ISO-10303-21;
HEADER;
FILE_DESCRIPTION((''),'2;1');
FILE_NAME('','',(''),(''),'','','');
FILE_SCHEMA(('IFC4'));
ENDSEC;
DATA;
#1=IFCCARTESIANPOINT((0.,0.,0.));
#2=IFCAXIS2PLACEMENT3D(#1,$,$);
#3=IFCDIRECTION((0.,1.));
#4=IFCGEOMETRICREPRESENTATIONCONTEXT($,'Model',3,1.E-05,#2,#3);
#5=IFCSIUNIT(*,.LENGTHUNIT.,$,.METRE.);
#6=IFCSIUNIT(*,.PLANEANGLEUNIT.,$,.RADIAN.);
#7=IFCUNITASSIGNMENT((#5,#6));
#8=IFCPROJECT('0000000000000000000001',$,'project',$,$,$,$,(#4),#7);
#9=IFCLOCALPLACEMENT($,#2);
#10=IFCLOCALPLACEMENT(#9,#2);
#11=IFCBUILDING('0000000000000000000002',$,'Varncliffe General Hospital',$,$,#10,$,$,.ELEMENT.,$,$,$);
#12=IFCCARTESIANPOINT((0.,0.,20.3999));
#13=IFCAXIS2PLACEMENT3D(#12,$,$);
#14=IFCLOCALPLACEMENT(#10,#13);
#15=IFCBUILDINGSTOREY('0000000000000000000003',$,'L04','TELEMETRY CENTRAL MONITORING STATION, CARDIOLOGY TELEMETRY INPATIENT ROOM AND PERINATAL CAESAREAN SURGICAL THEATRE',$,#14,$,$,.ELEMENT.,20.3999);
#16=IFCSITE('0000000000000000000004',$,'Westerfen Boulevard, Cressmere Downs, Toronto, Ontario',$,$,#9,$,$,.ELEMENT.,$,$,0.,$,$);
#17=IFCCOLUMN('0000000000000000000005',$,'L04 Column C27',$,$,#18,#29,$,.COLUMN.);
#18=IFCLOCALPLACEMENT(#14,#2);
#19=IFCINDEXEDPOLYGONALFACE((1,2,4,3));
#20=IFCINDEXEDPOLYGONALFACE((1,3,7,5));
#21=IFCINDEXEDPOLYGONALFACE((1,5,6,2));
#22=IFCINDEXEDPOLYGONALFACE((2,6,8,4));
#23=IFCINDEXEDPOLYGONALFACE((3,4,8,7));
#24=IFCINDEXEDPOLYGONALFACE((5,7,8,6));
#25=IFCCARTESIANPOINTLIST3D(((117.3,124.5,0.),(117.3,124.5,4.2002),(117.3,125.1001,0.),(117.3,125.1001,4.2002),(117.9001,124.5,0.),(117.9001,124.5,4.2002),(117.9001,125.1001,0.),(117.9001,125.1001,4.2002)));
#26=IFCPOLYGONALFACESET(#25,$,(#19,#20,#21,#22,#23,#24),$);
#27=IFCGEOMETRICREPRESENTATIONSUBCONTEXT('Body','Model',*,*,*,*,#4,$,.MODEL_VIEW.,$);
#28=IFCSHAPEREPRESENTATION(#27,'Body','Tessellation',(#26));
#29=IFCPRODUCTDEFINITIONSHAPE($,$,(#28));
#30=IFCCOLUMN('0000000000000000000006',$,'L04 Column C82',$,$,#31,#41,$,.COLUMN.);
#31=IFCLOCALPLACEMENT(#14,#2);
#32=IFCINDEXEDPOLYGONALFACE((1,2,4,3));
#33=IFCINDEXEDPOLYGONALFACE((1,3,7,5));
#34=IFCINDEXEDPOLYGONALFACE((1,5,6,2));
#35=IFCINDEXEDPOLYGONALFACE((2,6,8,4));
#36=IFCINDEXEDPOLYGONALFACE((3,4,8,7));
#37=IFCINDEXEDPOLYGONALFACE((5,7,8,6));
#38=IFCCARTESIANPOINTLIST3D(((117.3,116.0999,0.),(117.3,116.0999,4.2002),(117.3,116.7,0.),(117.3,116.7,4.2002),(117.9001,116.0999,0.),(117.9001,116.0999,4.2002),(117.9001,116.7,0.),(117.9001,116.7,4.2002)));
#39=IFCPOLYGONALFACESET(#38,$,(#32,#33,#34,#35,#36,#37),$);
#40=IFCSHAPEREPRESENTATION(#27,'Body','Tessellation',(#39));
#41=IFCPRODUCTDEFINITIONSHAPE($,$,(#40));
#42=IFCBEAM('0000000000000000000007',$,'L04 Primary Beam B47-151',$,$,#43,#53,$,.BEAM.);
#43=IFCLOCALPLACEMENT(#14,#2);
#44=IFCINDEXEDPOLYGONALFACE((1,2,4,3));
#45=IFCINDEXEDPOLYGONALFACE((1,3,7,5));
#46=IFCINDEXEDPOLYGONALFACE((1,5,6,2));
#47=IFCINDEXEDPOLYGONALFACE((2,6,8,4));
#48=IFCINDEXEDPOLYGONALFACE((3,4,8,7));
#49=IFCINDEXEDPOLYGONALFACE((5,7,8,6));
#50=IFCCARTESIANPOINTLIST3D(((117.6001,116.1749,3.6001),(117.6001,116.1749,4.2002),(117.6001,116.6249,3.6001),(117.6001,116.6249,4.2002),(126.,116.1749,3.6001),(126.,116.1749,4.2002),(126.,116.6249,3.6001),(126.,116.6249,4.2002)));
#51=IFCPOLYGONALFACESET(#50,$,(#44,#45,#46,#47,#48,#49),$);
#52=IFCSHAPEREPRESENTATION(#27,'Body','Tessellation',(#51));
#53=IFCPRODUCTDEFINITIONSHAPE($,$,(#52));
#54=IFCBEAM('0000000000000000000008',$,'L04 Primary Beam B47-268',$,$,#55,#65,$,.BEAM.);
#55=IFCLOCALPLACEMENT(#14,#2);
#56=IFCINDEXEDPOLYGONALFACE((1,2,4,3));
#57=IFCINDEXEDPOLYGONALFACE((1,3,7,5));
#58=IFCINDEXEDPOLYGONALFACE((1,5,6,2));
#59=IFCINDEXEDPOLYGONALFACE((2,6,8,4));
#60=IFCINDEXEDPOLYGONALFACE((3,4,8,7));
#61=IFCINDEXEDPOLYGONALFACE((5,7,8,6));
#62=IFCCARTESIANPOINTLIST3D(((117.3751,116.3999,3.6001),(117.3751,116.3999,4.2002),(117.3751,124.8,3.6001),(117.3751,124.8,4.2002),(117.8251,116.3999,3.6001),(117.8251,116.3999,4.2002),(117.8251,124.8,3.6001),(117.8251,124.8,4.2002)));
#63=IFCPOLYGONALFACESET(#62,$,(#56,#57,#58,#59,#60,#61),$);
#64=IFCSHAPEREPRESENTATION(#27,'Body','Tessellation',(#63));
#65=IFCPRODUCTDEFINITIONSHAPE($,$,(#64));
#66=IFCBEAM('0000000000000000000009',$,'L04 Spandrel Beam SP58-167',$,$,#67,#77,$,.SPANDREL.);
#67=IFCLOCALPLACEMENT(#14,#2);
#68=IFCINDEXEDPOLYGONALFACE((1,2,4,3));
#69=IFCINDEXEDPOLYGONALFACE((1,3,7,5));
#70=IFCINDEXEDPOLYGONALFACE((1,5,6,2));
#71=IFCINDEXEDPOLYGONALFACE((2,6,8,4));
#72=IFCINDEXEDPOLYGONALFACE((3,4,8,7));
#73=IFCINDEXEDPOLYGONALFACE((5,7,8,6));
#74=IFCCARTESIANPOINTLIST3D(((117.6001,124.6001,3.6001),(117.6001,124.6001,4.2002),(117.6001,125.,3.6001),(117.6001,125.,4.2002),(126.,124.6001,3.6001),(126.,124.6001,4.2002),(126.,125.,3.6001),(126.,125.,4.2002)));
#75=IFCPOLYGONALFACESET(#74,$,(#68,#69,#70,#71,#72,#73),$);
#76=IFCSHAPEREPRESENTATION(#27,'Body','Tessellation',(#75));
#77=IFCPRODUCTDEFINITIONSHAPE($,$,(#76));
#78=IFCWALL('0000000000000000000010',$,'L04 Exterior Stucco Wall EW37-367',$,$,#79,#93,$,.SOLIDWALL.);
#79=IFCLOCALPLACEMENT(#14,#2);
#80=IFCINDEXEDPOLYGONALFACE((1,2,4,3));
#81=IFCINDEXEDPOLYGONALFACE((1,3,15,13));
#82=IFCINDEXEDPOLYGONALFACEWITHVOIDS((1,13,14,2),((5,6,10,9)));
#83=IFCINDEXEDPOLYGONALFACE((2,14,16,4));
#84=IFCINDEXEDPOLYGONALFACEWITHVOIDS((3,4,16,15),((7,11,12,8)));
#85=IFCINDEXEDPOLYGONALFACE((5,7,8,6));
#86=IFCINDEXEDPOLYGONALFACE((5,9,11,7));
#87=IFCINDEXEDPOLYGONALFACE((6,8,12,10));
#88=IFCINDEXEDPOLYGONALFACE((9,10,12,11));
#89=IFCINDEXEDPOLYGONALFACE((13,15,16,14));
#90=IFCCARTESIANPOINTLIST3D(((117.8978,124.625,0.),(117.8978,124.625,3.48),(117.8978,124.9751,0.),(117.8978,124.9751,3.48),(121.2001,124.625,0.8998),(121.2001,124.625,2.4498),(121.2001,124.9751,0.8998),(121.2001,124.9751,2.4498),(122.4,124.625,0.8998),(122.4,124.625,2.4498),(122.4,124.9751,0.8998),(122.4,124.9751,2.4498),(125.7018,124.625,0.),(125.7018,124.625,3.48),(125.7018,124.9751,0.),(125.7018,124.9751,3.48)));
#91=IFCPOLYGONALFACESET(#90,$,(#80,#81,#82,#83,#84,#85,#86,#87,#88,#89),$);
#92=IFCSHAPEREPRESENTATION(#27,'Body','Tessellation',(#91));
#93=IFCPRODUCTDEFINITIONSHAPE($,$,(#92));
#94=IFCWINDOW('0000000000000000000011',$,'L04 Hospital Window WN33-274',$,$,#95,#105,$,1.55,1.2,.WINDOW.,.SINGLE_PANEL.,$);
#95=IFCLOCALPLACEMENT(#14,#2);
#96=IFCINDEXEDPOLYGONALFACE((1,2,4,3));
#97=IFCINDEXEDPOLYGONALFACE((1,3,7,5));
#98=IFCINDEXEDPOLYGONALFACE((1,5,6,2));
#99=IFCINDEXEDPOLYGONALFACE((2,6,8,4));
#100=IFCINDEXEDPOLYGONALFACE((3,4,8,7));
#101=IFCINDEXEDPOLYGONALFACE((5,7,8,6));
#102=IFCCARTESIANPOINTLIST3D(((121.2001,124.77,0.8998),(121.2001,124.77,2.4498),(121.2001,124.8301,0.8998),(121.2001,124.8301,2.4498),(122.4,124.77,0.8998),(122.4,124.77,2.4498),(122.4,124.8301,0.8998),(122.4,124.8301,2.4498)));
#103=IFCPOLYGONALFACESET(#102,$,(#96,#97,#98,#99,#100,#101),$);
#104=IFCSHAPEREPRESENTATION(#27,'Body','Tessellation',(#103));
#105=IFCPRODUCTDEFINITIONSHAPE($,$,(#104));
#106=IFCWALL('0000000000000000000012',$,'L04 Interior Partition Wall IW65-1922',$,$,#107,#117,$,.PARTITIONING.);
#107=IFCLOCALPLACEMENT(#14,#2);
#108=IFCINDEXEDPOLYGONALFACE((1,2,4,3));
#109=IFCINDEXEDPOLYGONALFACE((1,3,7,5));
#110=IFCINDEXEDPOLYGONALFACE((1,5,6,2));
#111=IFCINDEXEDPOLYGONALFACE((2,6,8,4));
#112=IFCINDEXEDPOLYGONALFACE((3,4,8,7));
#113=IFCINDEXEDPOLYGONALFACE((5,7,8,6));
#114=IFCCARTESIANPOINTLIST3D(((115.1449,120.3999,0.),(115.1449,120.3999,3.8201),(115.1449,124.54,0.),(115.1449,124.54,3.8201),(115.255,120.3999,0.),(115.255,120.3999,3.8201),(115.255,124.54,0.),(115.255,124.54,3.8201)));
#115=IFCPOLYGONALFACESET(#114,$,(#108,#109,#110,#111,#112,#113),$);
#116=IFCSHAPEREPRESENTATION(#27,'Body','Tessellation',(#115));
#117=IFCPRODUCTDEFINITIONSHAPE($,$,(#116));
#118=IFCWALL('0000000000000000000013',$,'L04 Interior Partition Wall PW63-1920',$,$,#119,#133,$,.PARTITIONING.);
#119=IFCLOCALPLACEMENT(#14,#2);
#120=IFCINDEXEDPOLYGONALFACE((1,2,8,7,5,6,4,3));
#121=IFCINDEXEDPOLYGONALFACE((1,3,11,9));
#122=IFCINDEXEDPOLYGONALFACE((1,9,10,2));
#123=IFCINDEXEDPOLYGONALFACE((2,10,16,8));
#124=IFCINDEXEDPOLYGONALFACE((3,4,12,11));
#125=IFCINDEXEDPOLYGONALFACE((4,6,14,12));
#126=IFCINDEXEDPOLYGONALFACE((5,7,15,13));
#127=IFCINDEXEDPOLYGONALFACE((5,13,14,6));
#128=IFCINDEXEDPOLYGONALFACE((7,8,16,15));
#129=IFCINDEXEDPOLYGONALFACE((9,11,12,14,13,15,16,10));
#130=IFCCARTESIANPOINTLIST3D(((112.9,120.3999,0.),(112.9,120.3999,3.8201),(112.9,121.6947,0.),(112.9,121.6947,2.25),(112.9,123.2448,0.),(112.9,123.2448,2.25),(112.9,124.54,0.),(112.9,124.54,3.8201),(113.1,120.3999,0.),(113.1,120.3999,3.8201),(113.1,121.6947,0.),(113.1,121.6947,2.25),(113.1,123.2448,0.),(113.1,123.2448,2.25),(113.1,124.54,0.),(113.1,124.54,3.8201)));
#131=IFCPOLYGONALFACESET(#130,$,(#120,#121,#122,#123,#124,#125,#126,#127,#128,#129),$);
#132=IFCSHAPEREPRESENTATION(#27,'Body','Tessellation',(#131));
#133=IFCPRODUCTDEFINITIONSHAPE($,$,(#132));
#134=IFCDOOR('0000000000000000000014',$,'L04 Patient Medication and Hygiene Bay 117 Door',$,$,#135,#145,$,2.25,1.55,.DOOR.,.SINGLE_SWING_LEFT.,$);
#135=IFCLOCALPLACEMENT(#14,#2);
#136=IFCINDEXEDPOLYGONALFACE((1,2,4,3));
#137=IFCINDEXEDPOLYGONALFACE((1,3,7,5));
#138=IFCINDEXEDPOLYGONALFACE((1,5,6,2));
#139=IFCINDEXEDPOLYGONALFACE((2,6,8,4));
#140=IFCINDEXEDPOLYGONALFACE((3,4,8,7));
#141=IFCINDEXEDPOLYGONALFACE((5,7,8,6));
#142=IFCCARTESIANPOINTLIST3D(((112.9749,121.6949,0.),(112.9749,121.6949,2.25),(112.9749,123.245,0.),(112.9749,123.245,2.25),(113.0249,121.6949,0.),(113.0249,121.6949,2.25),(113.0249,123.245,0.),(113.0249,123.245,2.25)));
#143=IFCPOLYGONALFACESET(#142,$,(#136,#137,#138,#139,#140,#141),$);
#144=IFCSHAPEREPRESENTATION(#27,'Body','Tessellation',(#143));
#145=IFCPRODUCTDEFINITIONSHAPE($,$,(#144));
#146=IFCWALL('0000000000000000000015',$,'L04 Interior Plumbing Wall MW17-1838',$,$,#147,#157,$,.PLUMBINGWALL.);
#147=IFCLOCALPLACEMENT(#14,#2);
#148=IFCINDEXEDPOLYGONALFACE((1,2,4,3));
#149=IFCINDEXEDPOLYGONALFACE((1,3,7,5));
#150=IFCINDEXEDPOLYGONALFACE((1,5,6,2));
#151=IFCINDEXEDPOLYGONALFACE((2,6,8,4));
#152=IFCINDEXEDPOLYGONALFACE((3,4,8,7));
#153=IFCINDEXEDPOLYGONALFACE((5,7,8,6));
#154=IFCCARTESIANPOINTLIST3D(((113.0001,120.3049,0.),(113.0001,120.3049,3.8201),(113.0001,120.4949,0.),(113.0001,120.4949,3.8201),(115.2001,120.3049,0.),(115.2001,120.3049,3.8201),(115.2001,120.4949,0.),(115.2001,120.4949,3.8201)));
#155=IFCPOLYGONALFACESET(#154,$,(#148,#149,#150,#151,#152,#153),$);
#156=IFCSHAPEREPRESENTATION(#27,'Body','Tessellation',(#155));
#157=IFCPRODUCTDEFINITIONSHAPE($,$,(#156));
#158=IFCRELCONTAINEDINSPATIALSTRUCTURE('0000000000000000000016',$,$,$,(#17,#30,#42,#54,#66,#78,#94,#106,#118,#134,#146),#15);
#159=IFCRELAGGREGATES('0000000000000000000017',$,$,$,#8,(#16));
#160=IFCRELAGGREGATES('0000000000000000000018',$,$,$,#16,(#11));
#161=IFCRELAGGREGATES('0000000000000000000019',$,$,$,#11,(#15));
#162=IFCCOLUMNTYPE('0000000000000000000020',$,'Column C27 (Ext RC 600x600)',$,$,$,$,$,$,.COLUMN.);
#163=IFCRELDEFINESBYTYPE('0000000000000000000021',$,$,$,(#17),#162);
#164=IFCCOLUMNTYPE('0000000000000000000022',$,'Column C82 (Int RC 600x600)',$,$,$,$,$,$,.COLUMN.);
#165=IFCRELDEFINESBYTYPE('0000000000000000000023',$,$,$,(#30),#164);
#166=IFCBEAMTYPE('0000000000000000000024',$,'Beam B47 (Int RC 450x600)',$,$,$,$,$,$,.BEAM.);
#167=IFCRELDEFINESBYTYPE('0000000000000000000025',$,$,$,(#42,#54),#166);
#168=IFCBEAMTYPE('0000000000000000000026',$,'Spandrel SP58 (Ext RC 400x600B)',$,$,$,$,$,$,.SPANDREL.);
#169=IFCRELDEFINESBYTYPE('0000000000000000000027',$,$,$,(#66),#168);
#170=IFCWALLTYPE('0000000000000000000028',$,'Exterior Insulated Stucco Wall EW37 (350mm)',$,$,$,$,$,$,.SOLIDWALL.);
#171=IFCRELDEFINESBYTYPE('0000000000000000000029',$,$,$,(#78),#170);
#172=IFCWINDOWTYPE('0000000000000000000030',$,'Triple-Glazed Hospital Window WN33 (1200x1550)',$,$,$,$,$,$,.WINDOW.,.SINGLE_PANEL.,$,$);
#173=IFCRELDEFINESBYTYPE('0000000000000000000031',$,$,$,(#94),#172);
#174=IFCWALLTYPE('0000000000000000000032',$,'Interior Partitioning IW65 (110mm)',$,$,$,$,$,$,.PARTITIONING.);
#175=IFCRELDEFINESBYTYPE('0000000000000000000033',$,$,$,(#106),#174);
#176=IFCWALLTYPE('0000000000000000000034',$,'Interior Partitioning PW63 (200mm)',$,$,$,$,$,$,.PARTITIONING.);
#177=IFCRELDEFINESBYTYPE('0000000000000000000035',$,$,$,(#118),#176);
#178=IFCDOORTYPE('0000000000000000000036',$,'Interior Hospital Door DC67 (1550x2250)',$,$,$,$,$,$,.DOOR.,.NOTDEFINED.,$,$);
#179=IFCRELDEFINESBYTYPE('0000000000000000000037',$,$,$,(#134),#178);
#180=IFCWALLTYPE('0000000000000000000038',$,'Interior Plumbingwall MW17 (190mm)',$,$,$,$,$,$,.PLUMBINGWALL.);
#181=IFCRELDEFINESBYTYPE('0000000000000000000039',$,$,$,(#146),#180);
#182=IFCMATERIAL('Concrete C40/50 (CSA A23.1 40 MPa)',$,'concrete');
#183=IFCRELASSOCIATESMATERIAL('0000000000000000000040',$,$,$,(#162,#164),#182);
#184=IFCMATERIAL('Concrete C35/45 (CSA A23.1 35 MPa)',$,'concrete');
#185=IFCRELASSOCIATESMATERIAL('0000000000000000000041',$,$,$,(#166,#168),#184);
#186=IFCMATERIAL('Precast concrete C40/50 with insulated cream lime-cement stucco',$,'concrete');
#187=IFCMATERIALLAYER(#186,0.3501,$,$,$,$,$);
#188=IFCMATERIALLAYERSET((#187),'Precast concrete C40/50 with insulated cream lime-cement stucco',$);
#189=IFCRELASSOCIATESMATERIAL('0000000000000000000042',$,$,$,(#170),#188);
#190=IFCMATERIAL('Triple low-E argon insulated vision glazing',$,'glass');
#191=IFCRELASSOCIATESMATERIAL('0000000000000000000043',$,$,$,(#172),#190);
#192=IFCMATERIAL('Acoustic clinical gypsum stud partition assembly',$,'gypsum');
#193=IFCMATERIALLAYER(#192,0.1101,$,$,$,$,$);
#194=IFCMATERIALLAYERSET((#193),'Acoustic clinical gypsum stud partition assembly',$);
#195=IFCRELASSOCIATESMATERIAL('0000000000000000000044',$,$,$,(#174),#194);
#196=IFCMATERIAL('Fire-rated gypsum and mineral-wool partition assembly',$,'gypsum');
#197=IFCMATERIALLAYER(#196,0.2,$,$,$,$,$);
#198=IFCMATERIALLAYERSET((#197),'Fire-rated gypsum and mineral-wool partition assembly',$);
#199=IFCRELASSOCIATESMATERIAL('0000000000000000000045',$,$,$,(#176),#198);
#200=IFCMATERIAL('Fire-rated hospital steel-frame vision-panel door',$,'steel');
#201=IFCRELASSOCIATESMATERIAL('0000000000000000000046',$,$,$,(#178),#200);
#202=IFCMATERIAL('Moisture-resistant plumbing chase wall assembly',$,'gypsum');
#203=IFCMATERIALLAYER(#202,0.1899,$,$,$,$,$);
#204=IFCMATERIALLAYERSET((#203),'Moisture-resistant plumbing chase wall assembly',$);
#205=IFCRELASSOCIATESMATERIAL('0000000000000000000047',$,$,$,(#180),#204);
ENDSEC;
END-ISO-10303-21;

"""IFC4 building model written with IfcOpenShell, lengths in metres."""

from ifc_helpers import new_model, si_unit, direction, frame, frame_2d, origin, origin_2d, place, context, subcontext, project, spatial, rectangle, extrude, material, layer, layer_set, material_profile, profile_set, type_object, element, fill, save


model = new_model("IFC4")

# Units and contexts
model_context = context("Model", 3, precision=1e-05, world=origin(), true_north=direction((0.0, 1.0)))
body_context = subcontext(model_context, "Body", "Model", "MODEL_VIEW")
ifc_project = project(units=[si_unit("LENGTHUNIT", "METRE"), si_unit("PLANEANGLEUNIT", "RADIAN")], contexts=[model_context])

# Site, building, storey
site_placement = place(None, origin())
site = spatial("IfcSite", under=ifc_project, at=site_placement, Name="Westerfen Boulevard, Cressmere Downs, Toronto, Ontario", CompositionType="ELEMENT", RefElevation=0.0)
building_placement = place(site_placement, origin())
building = spatial("IfcBuilding", under=site, at=building_placement, Name="Varncliffe General Hospital", CompositionType="ELEMENT")
storey_placement = place(building_placement, frame((0.0, 0.0, 20.3999)))
storey = spatial("IfcBuildingStorey", under=building, at=storey_placement, Name="L04", Description="TELEMETRY CENTRAL MONITORING STATION, CARDIOLOGY TELEMETRY INPATIENT ROOM AND PERINATAL CAESAREAN SURGICAL THEATRE", CompositionType="ELEMENT", Elevation=20.3999)

# Columns
ifc_material_1 = material(Name="Concrete C40/50 (CSA A23.1 40 MPa)", Category="concrete")
ifc_material_profile_1 = material_profile(ifc_material_1, rectangle(XDim=0.6001, YDim=0.6001, at=origin_2d()), Name="RC 600x600")
ifc_profile_set_1 = profile_set([ifc_material_profile_1], Name="Concrete C40/50 (CSA A23.1 40 MPa)")
column_type_1 = type_object("IfcColumnType", Name="Column C27 (Ext RC 600x600)", PredefinedType="COLUMN", material=ifc_profile_set_1)
column_1_placement = place(storey_placement, frame((117.6001, 124.8, 0.0), z_axis=(0.0, 0.0, 1.0), x_axis=(1.0, 0.0, 0.0)))
element("IfcColumn", 1, at=column_1_placement, inside=storey, type_object=column_type_1, Name="L04 Column C27", PredefinedType="COLUMN", context=body_context, shape_type="SweptSolid", body=[
    extrude(rectangle(XDim=0.6001, YDim=0.6001, at=origin_2d()), origin(), (0.0, 0.0, 1.0), 4.2002),
])
ifc_material_profile_2 = material_profile(ifc_material_1, rectangle(XDim=0.6001, YDim=0.6001, at=origin_2d()), Name="RC 600x600")
ifc_profile_set_2 = profile_set([ifc_material_profile_2], Name="Concrete C40/50 (CSA A23.1 40 MPa)")
column_type_2 = type_object("IfcColumnType", Name="Column C82 (Int RC 600x600)", PredefinedType="COLUMN", material=ifc_profile_set_2)
column_2_placement = place(storey_placement, frame((117.6001, 116.3999, 0.0), z_axis=(0.0, 0.0, 1.0), x_axis=(1.0, 0.0, 0.0)))
element("IfcColumn", 2, at=column_2_placement, inside=storey, type_object=column_type_2, Name="L04 Column C82", PredefinedType="COLUMN", context=body_context, shape_type="SweptSolid", body=[
    extrude(rectangle(XDim=0.6001, YDim=0.6001, at=origin_2d()), origin(), (0.0, 0.0, 1.0), 4.2002),
])

# Beams
ifc_material_2 = material(Name="Concrete C35/45 (CSA A23.1 35 MPa)", Category="concrete")
ifc_material_profile_3 = material_profile(ifc_material_2, rectangle(XDim=0.45, YDim=0.6001, at=origin_2d()), Name="RC 450x600")
ifc_profile_set_3 = profile_set([ifc_material_profile_3], Name="Concrete C35/45 (CSA A23.1 35 MPa)")
beam_type_1 = type_object("IfcBeamType", Name="Beam B47 (Int RC 450x600)", PredefinedType="BEAM", material=ifc_profile_set_3)
beam_1_placement = place(storey_placement, frame((117.6001, 116.3999, 3.9001), z_axis=(1.0, 0.0, 0.0), x_axis=(0.0, 1.0, 0.0)))
element("IfcBeam", 3, at=beam_1_placement, inside=storey, type_object=beam_type_1, Name="L04 Primary Beam B47-151", PredefinedType="BEAM", context=body_context, shape_type="SweptSolid", body=[
    extrude(rectangle(XDim=0.45, YDim=0.6001, at=origin_2d()), origin(), (0.0, 0.0, 1.0), 8.3999),
])
beam_2_placement = place(storey_placement, frame((117.6001, 116.3999, 3.9001), z_axis=(0.0, 1.0, 0.0), x_axis=(-1.0, 0.0, 0.0)))
element("IfcBeam", 4, at=beam_2_placement, inside=storey, type_object=beam_type_1, Name="L04 Primary Beam B47-268", PredefinedType="BEAM", context=body_context, shape_type="SweptSolid", body=[
    extrude(rectangle(XDim=0.45, YDim=0.6001, at=origin_2d()), origin(), (0.0, 0.0, 1.0), 8.4001),
])
ifc_material_profile_4 = material_profile(ifc_material_2, rectangle(XDim=0.3999, YDim=0.6001, at=origin_2d()), Name="RC 400x600")
ifc_profile_set_4 = profile_set([ifc_material_profile_4], Name="Concrete C35/45 (CSA A23.1 35 MPa)")
beam_type_2 = type_object("IfcBeamType", Name="Spandrel SP58 (Ext RC 400x600B)", PredefinedType="SPANDREL", material=ifc_profile_set_4)
beam_3_placement = place(storey_placement, frame((117.6001, 124.8, 3.9001), z_axis=(1.0, 0.0, 0.0), x_axis=(0.0, 1.0, 0.0)))
element("IfcBeam", 5, at=beam_3_placement, inside=storey, type_object=beam_type_2, Name="L04 Spandrel Beam SP58-167", PredefinedType="SPANDREL", context=body_context, shape_type="SweptSolid", body=[
    extrude(rectangle(XDim=0.3999, YDim=0.6001, at=origin_2d()), origin(), (0.0, 0.0, 1.0), 8.3999),
])

# Wall, opening, window
ifc_material_3 = material(Name="Precast concrete C40/50 with insulated cream lime-cement stucco", Category="concrete")
ifc_layer_1 = layer(ifc_material_3, 0.3501)
ifc_layer_set_1 = layer_set([ifc_layer_1], Name="Precast concrete C40/50 with insulated cream lime-cement stucco")
wall_type_1 = type_object("IfcWallType", Name="Exterior Insulated Stucco Wall EW37 (350mm)", PredefinedType="SOLIDWALL", material=ifc_layer_set_1)
wall_1_placement = place(storey_placement, frame((117.8979, 124.8, 0.0), z_axis=(0.0, 0.0, 1.0), x_axis=(1.0, 0.0, 0.0)))
wall_1 = element("IfcWall", 6, at=wall_1_placement, inside=storey, type_object=wall_type_1, Name="L04 Exterior Stucco Wall EW37-367", PredefinedType="SOLIDWALL", context=body_context, shape_type="SweptSolid", body=[
    extrude(rectangle(XDim=7.804, YDim=0.3501, at=frame_2d((3.9019, 0.0))), origin(), (0.0, 0.0, 1.0), 3.48),
])
opening_1_placement = place(wall_1_placement, frame((3.302, 0.0, 0.8999)))
opening_1 = element("IfcOpeningElement", 7, at=opening_1_placement, cuts=wall_1, PredefinedType="OPENING", context=body_context, shape_type="SweptSolid", body=[
    extrude(rectangle(XDim=1.2, YDim=1.55, at=frame_2d((0.6001, 0.7749))), frame((0.0, 0.1851, 0.0), z_axis=(0.0, -1.0, 0.0), x_axis=(1.0, 0.0, 0.0)), (0.0, 0.0, 1.0), 0.3701),
])
ifc_material_4 = material(Name="Triple low-E argon insulated vision glazing", Category="glass")
window_type = type_object("IfcWindowType", Name="Triple-Glazed Hospital Window WN33 (1200x1550)", PartitioningType="SINGLE_PANEL", PredefinedType="WINDOW", material=ifc_material_4)
window_placement = place(opening_1_placement, origin())
window = element("IfcWindow", 8, at=window_placement, inside=storey, type_object=window_type, Name="L04 Hospital Window WN33-274", OverallHeight=1.55, OverallWidth=1.2, PartitioningType="SINGLE_PANEL", PredefinedType="WINDOW", context=body_context, shape_type="SweptSolid", body=[
    extrude(rectangle(XDim=1.2, YDim=1.55, at=frame_2d((0.6001, 0.7749))), frame((0.0, 0.03, 0.0), z_axis=(0.0, -1.0, 0.0), x_axis=(1.0, 0.0, 0.0)), (0.0, 0.0, 1.0), 0.0601),
])
fill(opening_1, window)

# Wall
ifc_material_5 = material(Name="Acoustic clinical gypsum stud partition assembly", Category="gypsum")
ifc_layer_2 = layer(ifc_material_5, 0.1101)
ifc_layer_set_2 = layer_set([ifc_layer_2], Name="Acoustic clinical gypsum stud partition assembly")
wall_type_2 = type_object("IfcWallType", Name="Interior Partitioning IW65 (110mm)", PredefinedType="PARTITIONING", material=ifc_layer_set_2)
wall_2_placement = place(storey_placement, frame((115.2, 120.3999, 0.0), z_axis=(0.0, 0.0, 1.0), x_axis=(0.0, 1.0, 0.0)))
element("IfcWall", 9, at=wall_2_placement, inside=storey, type_object=wall_type_2, Name="L04 Interior Partition Wall IW65-1922", PredefinedType="PARTITIONING", context=body_context, shape_type="SweptSolid", body=[
    extrude(rectangle(XDim=4.1401, YDim=0.1101, at=frame_2d((2.0701, 0.0))), origin(), (0.0, 0.0, 1.0), 3.8201),
])

# Wall, opening, door
ifc_material_6 = material(Name="Fire-rated gypsum and mineral-wool partition assembly", Category="gypsum")
ifc_layer_3 = layer(ifc_material_6, 0.2)
ifc_layer_set_3 = layer_set([ifc_layer_3], Name="Fire-rated gypsum and mineral-wool partition assembly")
wall_type_3 = type_object("IfcWallType", Name="Interior Partitioning PW63 (200mm)", PredefinedType="PARTITIONING", material=ifc_layer_set_3)
wall_3_placement = place(storey_placement, frame((113.0, 120.3999, 0.0), z_axis=(0.0, 0.0, 1.0), x_axis=(0.0, 1.0, 0.0)))
wall_3 = element("IfcWall", 10, at=wall_3_placement, inside=storey, type_object=wall_type_3, Name="L04 Interior Partition Wall PW63-1920", PredefinedType="PARTITIONING", context=body_context, shape_type="SweptSolid", body=[
    extrude(rectangle(XDim=4.1401, YDim=0.2, at=frame_2d((2.0701, 0.0))), origin(), (0.0, 0.0, 1.0), 3.8201),
])
opening_2_placement = place(wall_3_placement, frame((1.2949, 0.0, 0.0)))
opening_2 = element("IfcOpeningElement", 11, at=opening_2_placement, cuts=wall_3, PredefinedType="OPENING", context=body_context, shape_type="SweptSolid", body=[
    extrude(rectangle(XDim=1.55, YDim=2.25, at=frame_2d((0.7749, 1.125))), frame((0.0, 0.1099, 0.0), z_axis=(0.0, -1.0, 0.0), x_axis=(1.0, 0.0, 0.0)), (0.0, 0.0, 1.0), 0.22),
])
ifc_material_7 = material(Name="Fire-rated hospital steel-frame vision-panel door", Category="steel")
door_type = type_object("IfcDoorType", Name="Interior Hospital Door DC67 (1550x2250)", OperationType="NOTDEFINED", PredefinedType="DOOR", material=ifc_material_7)
door_placement = place(opening_2_placement, frame((1.55, 0.0, 0.0), z_axis=(0.0, 0.0, 1.0), x_axis=(-1.0, 0.0, 0.0)))
door = element("IfcDoor", 12, at=door_placement, inside=storey, type_object=door_type, Name="L04 Patient Medication and Hygiene Bay 117 Door", OperationType="SINGLE_SWING_LEFT", OverallHeight=2.25, OverallWidth=1.55, PredefinedType="DOOR", context=body_context, shape_type="SweptSolid", body=[
    extrude(rectangle(XDim=1.55, YDim=2.25, at=frame_2d((0.7749, 1.125))), frame((0.0, 0.0249, 0.0), z_axis=(0.0, -1.0, 0.0), x_axis=(1.0, 0.0, 0.0)), (0.0, 0.0, 1.0), 0.05),
])
fill(opening_2, door)

# Wall
ifc_material_8 = material(Name="Moisture-resistant plumbing chase wall assembly", Category="gypsum")
ifc_layer_4 = layer(ifc_material_8, 0.1899)
ifc_layer_set_4 = layer_set([ifc_layer_4], Name="Moisture-resistant plumbing chase wall assembly")
wall_type_4 = type_object("IfcWallType", Name="Interior Plumbingwall MW17 (190mm)", PredefinedType="PLUMBINGWALL", material=ifc_layer_set_4)
wall_4_placement = place(storey_placement, frame((113.0, 120.3999, 0.0), z_axis=(0.0, 0.0, 1.0), x_axis=(1.0, 0.0, 0.0)))
element("IfcWall", 13, at=wall_4_placement, inside=storey, type_object=wall_type_4, Name="L04 Interior Plumbing Wall MW17-1838", PredefinedType="PLUMBINGWALL", context=body_context, shape_type="SweptSolid", body=[
    extrude(rectangle(XDim=2.2, YDim=0.1899, at=frame_2d((1.1001, 0.0))), origin(), (0.0, 0.0, 1.0), 3.8201),
])

save(model, "model.ifc")
